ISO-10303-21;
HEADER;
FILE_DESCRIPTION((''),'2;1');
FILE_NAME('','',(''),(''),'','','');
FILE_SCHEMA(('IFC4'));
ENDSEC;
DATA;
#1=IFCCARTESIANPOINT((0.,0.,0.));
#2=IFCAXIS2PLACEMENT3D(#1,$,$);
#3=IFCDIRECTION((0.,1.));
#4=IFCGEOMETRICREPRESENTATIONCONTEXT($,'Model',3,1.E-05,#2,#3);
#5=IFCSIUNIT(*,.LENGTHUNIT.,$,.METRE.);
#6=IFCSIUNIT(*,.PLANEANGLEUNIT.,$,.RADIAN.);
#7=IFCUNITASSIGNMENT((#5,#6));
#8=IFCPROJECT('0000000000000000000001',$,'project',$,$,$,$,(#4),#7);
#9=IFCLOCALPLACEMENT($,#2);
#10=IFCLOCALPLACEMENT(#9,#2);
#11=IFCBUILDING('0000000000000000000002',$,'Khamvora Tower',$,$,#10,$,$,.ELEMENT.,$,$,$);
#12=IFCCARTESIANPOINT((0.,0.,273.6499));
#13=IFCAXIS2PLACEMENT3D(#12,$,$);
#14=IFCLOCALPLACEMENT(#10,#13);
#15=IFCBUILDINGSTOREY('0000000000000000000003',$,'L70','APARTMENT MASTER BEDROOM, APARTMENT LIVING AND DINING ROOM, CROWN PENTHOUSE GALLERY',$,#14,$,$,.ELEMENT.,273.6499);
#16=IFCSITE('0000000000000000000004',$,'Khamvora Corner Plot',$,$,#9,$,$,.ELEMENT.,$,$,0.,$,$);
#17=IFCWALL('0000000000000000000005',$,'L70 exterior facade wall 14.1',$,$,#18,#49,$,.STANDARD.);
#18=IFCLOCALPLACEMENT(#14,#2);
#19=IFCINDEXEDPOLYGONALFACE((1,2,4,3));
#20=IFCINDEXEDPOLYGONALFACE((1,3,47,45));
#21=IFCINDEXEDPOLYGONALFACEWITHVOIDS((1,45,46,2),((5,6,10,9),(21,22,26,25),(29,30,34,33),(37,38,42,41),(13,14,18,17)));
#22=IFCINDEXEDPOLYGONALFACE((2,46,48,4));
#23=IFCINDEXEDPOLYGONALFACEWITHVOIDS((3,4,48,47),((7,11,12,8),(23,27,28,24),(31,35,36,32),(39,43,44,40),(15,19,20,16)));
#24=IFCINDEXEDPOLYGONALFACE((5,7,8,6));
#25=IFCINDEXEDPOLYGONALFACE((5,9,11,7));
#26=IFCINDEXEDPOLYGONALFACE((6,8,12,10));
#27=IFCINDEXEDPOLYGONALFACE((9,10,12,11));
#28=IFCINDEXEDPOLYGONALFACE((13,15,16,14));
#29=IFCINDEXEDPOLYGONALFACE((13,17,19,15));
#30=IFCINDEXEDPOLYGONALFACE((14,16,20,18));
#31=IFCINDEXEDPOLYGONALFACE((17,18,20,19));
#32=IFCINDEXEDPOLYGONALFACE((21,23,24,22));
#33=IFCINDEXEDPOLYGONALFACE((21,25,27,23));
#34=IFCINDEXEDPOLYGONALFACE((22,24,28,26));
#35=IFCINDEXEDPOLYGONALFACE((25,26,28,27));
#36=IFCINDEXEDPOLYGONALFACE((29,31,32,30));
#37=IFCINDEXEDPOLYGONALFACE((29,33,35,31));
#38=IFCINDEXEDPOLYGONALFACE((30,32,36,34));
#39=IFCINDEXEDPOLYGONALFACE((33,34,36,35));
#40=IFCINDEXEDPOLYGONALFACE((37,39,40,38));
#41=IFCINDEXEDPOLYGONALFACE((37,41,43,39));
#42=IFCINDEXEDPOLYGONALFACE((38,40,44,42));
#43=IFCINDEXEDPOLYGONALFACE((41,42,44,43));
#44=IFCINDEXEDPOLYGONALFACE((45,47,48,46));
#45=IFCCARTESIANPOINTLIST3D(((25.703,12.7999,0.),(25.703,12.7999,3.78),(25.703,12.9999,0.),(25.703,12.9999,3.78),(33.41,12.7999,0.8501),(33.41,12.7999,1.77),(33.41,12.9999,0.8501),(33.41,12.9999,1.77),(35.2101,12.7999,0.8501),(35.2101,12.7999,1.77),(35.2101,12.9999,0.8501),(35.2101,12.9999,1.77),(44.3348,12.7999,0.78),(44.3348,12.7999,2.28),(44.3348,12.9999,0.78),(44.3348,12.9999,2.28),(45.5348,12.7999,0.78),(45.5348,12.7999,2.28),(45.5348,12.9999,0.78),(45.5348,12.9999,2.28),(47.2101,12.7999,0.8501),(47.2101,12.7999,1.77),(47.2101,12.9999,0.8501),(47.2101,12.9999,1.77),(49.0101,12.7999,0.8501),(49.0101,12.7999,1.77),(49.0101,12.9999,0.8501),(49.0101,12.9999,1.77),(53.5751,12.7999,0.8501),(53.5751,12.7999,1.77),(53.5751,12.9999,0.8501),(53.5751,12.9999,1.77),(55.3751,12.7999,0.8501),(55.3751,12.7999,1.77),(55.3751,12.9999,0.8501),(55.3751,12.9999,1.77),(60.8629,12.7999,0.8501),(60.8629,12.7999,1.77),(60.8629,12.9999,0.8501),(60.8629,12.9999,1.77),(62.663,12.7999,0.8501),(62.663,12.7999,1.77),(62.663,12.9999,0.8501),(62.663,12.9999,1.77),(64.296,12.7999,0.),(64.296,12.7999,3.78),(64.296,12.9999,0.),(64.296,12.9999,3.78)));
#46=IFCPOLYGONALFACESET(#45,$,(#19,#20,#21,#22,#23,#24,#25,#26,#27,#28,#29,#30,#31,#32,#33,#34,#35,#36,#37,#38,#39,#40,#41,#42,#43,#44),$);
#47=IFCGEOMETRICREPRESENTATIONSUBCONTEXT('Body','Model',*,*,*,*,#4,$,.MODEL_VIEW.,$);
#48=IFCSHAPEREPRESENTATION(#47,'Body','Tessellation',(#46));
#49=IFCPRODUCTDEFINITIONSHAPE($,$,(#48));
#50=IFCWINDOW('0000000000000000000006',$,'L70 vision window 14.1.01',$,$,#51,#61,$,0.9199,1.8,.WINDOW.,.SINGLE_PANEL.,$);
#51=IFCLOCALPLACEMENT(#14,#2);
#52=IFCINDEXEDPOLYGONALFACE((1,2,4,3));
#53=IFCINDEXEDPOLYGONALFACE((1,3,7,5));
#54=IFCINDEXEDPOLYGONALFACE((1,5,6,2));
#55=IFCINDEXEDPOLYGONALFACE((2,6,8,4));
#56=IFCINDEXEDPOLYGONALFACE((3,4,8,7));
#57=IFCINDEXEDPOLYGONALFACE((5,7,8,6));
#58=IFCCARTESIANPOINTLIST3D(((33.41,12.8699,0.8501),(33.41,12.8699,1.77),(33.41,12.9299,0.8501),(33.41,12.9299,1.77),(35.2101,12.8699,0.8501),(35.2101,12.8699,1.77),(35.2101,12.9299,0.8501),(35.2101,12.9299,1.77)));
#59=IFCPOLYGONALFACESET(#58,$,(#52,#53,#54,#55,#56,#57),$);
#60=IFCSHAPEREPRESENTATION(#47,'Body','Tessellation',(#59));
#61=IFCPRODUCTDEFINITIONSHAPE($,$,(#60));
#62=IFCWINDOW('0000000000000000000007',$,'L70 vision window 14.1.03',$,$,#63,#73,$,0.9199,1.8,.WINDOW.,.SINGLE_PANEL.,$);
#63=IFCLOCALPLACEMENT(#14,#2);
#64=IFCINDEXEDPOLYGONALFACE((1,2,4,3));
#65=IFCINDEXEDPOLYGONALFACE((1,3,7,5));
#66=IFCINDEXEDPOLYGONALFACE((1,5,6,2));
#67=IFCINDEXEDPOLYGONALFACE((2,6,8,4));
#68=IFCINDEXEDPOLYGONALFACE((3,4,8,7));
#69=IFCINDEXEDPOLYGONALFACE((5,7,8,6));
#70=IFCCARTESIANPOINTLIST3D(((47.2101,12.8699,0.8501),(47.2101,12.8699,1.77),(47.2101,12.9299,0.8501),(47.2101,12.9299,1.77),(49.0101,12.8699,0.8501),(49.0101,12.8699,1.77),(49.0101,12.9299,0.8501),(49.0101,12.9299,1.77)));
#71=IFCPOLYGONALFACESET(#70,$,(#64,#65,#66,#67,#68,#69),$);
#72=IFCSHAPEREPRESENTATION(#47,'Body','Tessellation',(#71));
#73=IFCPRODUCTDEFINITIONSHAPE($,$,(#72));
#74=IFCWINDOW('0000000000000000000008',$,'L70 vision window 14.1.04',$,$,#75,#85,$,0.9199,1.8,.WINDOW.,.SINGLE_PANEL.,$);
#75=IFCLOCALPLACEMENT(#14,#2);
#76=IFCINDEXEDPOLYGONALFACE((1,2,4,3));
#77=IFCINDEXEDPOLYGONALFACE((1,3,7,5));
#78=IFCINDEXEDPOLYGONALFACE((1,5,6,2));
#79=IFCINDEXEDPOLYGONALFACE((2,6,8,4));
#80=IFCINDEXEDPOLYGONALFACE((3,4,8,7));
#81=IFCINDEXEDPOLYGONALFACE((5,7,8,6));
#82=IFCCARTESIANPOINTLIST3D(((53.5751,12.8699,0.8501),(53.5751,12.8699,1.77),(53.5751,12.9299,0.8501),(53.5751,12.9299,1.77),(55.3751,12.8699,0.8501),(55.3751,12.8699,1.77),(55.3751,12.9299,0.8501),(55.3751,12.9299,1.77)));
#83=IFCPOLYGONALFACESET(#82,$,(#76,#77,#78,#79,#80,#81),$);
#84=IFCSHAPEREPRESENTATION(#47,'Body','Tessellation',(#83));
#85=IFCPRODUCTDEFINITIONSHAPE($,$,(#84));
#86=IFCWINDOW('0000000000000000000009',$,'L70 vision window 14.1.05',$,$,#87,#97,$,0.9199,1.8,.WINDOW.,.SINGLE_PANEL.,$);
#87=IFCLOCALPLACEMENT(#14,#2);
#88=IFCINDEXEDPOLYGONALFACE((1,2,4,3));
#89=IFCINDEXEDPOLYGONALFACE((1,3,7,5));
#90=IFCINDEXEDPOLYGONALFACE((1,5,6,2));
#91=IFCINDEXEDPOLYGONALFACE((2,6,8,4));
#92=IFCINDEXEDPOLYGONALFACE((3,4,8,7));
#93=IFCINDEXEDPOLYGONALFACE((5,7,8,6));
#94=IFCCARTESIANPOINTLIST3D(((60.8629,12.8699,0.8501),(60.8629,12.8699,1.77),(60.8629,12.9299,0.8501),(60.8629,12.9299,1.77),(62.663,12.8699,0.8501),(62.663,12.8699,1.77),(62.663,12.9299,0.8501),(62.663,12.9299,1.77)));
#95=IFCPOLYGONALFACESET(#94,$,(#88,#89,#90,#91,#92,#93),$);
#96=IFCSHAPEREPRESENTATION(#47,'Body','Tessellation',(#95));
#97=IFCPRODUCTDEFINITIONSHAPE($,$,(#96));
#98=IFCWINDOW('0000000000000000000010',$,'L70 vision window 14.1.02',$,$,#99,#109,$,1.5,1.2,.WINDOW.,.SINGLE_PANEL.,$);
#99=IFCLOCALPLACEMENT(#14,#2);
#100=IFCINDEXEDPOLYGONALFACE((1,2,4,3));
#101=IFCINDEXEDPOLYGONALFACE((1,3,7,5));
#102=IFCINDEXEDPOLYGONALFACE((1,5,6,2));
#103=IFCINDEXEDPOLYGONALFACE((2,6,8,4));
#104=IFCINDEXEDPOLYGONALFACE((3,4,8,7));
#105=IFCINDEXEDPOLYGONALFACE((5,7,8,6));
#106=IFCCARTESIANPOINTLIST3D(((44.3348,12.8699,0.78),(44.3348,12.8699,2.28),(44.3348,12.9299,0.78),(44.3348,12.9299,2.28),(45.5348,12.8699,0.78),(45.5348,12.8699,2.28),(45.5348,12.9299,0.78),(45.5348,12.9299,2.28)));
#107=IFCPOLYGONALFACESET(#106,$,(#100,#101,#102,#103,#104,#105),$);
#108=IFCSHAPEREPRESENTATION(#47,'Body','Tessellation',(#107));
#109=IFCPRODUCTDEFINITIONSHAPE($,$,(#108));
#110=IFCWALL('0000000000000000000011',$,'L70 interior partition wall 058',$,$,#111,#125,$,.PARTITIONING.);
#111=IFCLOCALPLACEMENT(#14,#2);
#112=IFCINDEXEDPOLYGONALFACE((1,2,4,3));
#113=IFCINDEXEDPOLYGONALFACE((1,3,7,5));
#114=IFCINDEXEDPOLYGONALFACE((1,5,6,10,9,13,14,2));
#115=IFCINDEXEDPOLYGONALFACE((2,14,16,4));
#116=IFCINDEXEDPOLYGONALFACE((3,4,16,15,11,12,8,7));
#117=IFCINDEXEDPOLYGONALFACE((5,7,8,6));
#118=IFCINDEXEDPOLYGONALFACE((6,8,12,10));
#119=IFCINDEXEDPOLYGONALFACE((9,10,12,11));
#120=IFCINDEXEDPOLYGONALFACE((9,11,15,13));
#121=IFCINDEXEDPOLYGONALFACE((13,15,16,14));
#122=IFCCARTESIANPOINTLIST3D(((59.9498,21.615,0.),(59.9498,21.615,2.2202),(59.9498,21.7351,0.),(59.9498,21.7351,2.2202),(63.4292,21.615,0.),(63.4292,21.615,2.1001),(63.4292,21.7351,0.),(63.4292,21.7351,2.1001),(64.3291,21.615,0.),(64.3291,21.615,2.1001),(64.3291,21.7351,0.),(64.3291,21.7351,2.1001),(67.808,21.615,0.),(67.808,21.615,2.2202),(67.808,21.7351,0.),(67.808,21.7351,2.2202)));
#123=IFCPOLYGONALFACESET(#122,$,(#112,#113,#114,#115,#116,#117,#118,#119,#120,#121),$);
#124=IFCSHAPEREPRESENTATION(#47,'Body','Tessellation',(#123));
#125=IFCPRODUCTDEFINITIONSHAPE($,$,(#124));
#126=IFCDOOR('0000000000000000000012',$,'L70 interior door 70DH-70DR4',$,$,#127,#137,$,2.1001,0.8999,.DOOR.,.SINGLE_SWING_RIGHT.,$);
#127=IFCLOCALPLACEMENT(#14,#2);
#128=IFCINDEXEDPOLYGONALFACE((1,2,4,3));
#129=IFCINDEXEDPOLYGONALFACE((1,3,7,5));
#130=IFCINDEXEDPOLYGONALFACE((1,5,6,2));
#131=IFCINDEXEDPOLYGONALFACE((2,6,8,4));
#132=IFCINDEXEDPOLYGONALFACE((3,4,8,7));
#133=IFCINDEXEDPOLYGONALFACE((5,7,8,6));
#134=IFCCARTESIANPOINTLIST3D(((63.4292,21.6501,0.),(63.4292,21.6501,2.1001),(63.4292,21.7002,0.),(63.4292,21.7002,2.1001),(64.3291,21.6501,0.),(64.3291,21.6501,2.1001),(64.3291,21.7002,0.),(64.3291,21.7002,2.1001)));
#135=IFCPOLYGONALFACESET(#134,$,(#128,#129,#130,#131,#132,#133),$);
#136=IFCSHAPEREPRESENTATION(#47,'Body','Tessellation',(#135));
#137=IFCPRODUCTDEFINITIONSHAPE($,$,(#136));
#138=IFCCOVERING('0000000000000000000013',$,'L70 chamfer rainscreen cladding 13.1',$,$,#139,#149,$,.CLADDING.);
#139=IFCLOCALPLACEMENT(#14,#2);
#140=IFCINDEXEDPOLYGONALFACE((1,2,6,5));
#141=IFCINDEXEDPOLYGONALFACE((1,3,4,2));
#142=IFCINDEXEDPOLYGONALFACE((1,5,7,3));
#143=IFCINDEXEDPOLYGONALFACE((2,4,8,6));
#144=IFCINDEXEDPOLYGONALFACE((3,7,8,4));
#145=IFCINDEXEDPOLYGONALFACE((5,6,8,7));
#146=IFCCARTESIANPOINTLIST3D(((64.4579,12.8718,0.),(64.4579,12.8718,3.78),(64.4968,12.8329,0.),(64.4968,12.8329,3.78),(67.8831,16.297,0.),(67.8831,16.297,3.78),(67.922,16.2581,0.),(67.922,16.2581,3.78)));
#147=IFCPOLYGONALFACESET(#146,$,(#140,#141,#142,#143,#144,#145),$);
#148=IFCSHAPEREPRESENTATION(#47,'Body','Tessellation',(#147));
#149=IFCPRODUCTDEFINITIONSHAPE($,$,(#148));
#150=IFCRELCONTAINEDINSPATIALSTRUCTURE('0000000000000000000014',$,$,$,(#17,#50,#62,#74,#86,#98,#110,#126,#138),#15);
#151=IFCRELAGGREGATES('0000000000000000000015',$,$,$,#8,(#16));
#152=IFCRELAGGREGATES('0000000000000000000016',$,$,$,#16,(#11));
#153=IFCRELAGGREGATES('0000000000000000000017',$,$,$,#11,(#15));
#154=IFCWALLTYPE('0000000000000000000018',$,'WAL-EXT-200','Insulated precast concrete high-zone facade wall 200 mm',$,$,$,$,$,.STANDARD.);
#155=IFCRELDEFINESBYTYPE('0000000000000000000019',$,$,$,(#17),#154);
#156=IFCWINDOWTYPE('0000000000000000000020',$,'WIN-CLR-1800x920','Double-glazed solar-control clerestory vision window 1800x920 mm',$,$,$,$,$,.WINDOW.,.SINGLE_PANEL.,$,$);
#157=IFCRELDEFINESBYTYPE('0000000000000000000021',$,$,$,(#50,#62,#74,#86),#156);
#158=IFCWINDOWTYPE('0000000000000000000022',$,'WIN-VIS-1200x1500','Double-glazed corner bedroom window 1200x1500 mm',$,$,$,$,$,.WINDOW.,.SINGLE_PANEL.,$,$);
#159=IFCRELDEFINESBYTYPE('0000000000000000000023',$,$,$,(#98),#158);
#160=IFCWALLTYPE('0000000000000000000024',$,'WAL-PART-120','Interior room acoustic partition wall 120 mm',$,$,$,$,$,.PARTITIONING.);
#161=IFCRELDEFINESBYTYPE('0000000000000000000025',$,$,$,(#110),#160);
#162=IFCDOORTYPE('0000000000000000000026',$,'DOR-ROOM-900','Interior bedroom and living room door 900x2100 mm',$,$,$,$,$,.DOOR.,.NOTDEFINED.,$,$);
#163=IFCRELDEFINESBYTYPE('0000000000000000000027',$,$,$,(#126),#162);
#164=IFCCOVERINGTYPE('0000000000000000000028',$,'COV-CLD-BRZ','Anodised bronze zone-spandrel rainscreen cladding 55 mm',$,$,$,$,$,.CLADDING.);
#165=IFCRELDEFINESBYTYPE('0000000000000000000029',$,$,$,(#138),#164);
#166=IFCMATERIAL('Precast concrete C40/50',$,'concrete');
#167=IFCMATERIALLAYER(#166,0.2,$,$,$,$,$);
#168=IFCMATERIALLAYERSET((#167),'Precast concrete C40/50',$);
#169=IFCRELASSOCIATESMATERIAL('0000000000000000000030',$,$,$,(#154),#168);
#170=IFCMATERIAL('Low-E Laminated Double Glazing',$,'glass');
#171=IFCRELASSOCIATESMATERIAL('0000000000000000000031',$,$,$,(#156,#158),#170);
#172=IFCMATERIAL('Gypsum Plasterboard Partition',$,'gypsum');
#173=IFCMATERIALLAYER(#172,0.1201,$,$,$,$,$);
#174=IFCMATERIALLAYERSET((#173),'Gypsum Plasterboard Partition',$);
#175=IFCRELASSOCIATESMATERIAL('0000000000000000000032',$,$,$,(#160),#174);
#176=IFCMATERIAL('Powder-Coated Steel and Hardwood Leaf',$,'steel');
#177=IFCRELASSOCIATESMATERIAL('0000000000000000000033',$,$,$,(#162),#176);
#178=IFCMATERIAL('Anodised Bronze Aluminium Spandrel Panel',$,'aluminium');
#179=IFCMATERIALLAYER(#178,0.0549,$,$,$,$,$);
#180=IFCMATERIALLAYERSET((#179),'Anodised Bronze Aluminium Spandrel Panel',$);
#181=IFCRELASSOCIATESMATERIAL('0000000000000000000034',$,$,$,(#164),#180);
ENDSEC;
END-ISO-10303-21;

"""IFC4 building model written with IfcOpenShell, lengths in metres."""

from ifc_helpers import new_model, si_unit, direction, frame, frame_2d, origin, origin_2d, place, context, subcontext, project, spatial, rectangle, extrude, material, layer, layer_set, type_object, element, fill, save


model = new_model("IFC4")

# Units and contexts
model_context = context("Model", 3, precision=1e-05, world=origin(), true_north=direction((0.0, 1.0)))
body_context = subcontext(model_context, "Body", "Model", "MODEL_VIEW")
ifc_project = project(units=[si_unit("LENGTHUNIT", "METRE"), si_unit("PLANEANGLEUNIT", "RADIAN")], contexts=[model_context])

# Site, building, storey
site_placement = place(None, origin())
site = spatial("IfcSite", under=ifc_project, at=site_placement, Name="Khamvora Corner Plot", CompositionType="ELEMENT", RefElevation=0.0)
building_placement = place(site_placement, origin())
building = spatial("IfcBuilding", under=site, at=building_placement, Name="Khamvora Tower", CompositionType="ELEMENT")
storey_placement = place(building_placement, frame((0.0, 0.0, 273.6499)))
storey = spatial("IfcBuildingStorey", under=building, at=storey_placement, Name="L70", Description="APARTMENT MASTER BEDROOM, APARTMENT LIVING AND DINING ROOM, CROWN PENTHOUSE GALLERY", CompositionType="ELEMENT", Elevation=273.6499)

# Shared definitions
ifc_material_1 = material(Name="Precast concrete C40/50", Category="concrete")
ifc_layer_1 = layer(ifc_material_1, 0.2)
ifc_layer_set_1 = layer_set([ifc_layer_1], Name="Precast concrete C40/50")
wall_type_1 = type_object("IfcWallType", Name="WAL-EXT-200", Description="Insulated precast concrete high-zone facade wall 200 mm", PredefinedType="STANDARD", material=ifc_layer_set_1)

# Wall, openings, windows
wall_1_placement = place(storey_placement, frame((64.2959, 12.8999, 0.0), z_axis=(0.0, 0.0, 1.0), x_axis=(-1.0, 0.0, 0.0)))
wall_1 = element("IfcWall", 1, at=wall_1_placement, inside=storey, type_object=wall_type_1, Name="L70 exterior facade wall 14.1", PredefinedType="STANDARD", context=body_context, shape_type="SweptSolid", body=[
    extrude(rectangle(XDim=38.593, YDim=0.2, at=frame_2d((19.2964, 0.0))), origin(), (0.0, 0.0, 1.0), 3.78),
])
opening_1_placement = place(wall_1_placement, frame((29.0859, 0.0, 0.8501)))
opening_1 = element("IfcOpeningElement", 2, at=opening_1_placement, cuts=wall_1, PredefinedType="OPENING", context=body_context, shape_type="SweptSolid", body=[
    extrude(rectangle(XDim=1.8, YDim=0.9199, at=frame_2d((0.8999, 0.46))), frame((0.0, 0.1099, 0.0), z_axis=(0.0, -1.0, 0.0), x_axis=(1.0, 0.0, 0.0)), (0.0, 0.0, 1.0), 0.22),
])
opening_2_placement = place(wall_1_placement, frame((18.761, 0.0, 0.78)))
opening_2 = element("IfcOpeningElement", 3, at=opening_2_placement, cuts=wall_1, PredefinedType="OPENING", context=body_context, shape_type="SweptSolid", body=[
    extrude(rectangle(XDim=1.2, YDim=1.5, at=frame_2d((0.6001, 0.75))), frame((0.0, 0.1099, 0.0), z_axis=(0.0, -1.0, 0.0), x_axis=(1.0, 0.0, 0.0)), (0.0, 0.0, 1.0), 0.22),
])
opening_3_placement = place(wall_1_placement, frame((15.2859, 0.0, 0.8501)))
opening_3 = element("IfcOpeningElement", 4, at=opening_3_placement, cuts=wall_1, PredefinedType="OPENING", context=body_context, shape_type="SweptSolid", body=[
    extrude(rectangle(XDim=1.8, YDim=0.9199, at=frame_2d((0.8999, 0.46))), frame((0.0, 0.1099, 0.0), z_axis=(0.0, -1.0, 0.0), x_axis=(1.0, 0.0, 0.0)), (0.0, 0.0, 1.0), 0.22),
])
opening_4_placement = place(wall_1_placement, frame((8.9209, 0.0, 0.8501)))
opening_4 = element("IfcOpeningElement", 5, at=opening_4_placement, cuts=wall_1, PredefinedType="OPENING", context=body_context, shape_type="SweptSolid", body=[
    extrude(rectangle(XDim=1.8, YDim=0.9199, at=frame_2d((0.8999, 0.46))), frame((0.0, 0.1099, 0.0), z_axis=(0.0, -1.0, 0.0), x_axis=(1.0, 0.0, 0.0)), (0.0, 0.0, 1.0), 0.22),
])
opening_5_placement = place(wall_1_placement, frame((1.6331, 0.0, 0.8501)))
opening_5 = element("IfcOpeningElement", 6, at=opening_5_placement, cuts=wall_1, PredefinedType="OPENING", context=body_context, shape_type="SweptSolid", body=[
    extrude(rectangle(XDim=1.8, YDim=0.9199, at=frame_2d((0.8999, 0.46))), frame((0.0, 0.1099, 0.0), z_axis=(0.0, -1.0, 0.0), x_axis=(1.0, 0.0, 0.0)), (0.0, 0.0, 1.0), 0.22),
])
ifc_material_2 = material(Name="Low-E Laminated Double Glazing", Category="glass")
window_type_1 = type_object("IfcWindowType", Name="WIN-CLR-1800x920", Description="Double-glazed solar-control clerestory vision window 1800x920 mm", PartitioningType="SINGLE_PANEL", PredefinedType="WINDOW", material=ifc_material_2)
window_1_placement = place(opening_1_placement, origin())
window_1 = element("IfcWindow", 7, at=window_1_placement, inside=storey, type_object=window_type_1, Name="L70 vision window 14.1.01", OverallHeight=0.9199, OverallWidth=1.8, PartitioningType="SINGLE_PANEL", PredefinedType="WINDOW", context=body_context, shape_type="SweptSolid", body=[
    extrude(rectangle(XDim=1.8, YDim=0.9199, at=frame_2d((0.8999, 0.46))), frame((0.0, 0.03, 0.0), z_axis=(0.0, -1.0, 0.0), x_axis=(1.0, 0.0, 0.0)), (0.0, 0.0, 1.0), 0.0601),
])
fill(opening_1, window_1)
window_2_placement = place(opening_3_placement, origin())
window_2 = element("IfcWindow", 8, at=window_2_placement, inside=storey, type_object=window_type_1, Name="L70 vision window 14.1.03", OverallHeight=0.9199, OverallWidth=1.8, PartitioningType="SINGLE_PANEL", PredefinedType="WINDOW", context=body_context, shape_type="SweptSolid", body=[
    extrude(rectangle(XDim=1.8, YDim=0.9199, at=frame_2d((0.8999, 0.46))), frame((0.0, 0.03, 0.0), z_axis=(0.0, -1.0, 0.0), x_axis=(1.0, 0.0, 0.0)), (0.0, 0.0, 1.0), 0.0601),
])
fill(opening_3, window_2)
window_3_placement = place(opening_4_placement, origin())
window_3 = element("IfcWindow", 9, at=window_3_placement, inside=storey, type_object=window_type_1, Name="L70 vision window 14.1.04", OverallHeight=0.9199, OverallWidth=1.8, PartitioningType="SINGLE_PANEL", PredefinedType="WINDOW", context=body_context, shape_type="SweptSolid", body=[
    extrude(rectangle(XDim=1.8, YDim=0.9199, at=frame_2d((0.8999, 0.46))), frame((0.0, 0.03, 0.0), z_axis=(0.0, -1.0, 0.0), x_axis=(1.0, 0.0, 0.0)), (0.0, 0.0, 1.0), 0.0601),
])
fill(opening_4, window_3)
window_4_placement = place(opening_5_placement, origin())
window_4 = element("IfcWindow", 10, at=window_4_placement, inside=storey, type_object=window_type_1, Name="L70 vision window 14.1.05", OverallHeight=0.9199, OverallWidth=1.8, PartitioningType="SINGLE_PANEL", PredefinedType="WINDOW", context=body_context, shape_type="SweptSolid", body=[
    extrude(rectangle(XDim=1.8, YDim=0.9199, at=frame_2d((0.8999, 0.46))), frame((0.0, 0.03, 0.0), z_axis=(0.0, -1.0, 0.0), x_axis=(1.0, 0.0, 0.0)), (0.0, 0.0, 1.0), 0.0601),
])
fill(opening_5, window_4)
window_type_2 = type_object("IfcWindowType", Name="WIN-VIS-1200x1500", Description="Double-glazed corner bedroom window 1200x1500 mm", PartitioningType="SINGLE_PANEL", PredefinedType="WINDOW", material=ifc_material_2)
window_5_placement = place(opening_2_placement, origin())
window_5 = element("IfcWindow", 11, at=window_5_placement, inside=storey, type_object=window_type_2, Name="L70 vision window 14.1.02", OverallHeight=1.5, OverallWidth=1.2, PartitioningType="SINGLE_PANEL", PredefinedType="WINDOW", context=body_context, shape_type="SweptSolid", body=[
    extrude(rectangle(XDim=1.2, YDim=1.5, at=frame_2d((0.6001, 0.75))), frame((0.0, 0.03, 0.0), z_axis=(0.0, -1.0, 0.0), x_axis=(1.0, 0.0, 0.0)), (0.0, 0.0, 1.0), 0.0601),
])
fill(opening_2, window_5)

# Wall, opening, door
ifc_material_3 = material(Name="Gypsum Plasterboard Partition", Category="gypsum")
ifc_layer_2 = layer(ifc_material_3, 0.1201)
ifc_layer_set_2 = layer_set([ifc_layer_2], Name="Gypsum Plasterboard Partition")
wall_type_2 = type_object("IfcWallType", Name="WAL-PART-120", Description="Interior room acoustic partition wall 120 mm", PredefinedType="PARTITIONING", material=ifc_layer_set_2)
wall_2_placement = place(storey_placement, frame((67.8081, 21.675, 0.0), z_axis=(0.0, 0.0, 1.0), x_axis=(-1.0, 0.0, 0.0)))
wall_2 = element("IfcWall", 12, at=wall_2_placement, inside=storey, type_object=wall_type_2, Name="L70 interior partition wall 058", PredefinedType="PARTITIONING", context=body_context, shape_type="SweptSolid", body=[
    extrude(rectangle(XDim=7.8582, YDim=0.1201, at=frame_2d((3.9292, 0.0))), origin(), (0.0, 0.0, 1.0), 2.2202),
])
opening_6_placement = place(wall_2_placement, frame((3.479, 0.0, 0.0)))
opening_6 = element("IfcOpeningElement", 13, at=opening_6_placement, cuts=wall_2, PredefinedType="OPENING", context=body_context, shape_type="SweptSolid", body=[
    extrude(rectangle(XDim=0.8999, YDim=2.1001, at=frame_2d((0.45, 1.05))), frame((0.0, 0.0701, 0.0), z_axis=(0.0, -1.0, 0.0), x_axis=(1.0, 0.0, 0.0)), (0.0, 0.0, 1.0), 0.1401),
])
ifc_material_4 = material(Name="Powder-Coated Steel and Hardwood Leaf", Category="steel")
door_type = type_object("IfcDoorType", Name="DOR-ROOM-900", Description="Interior bedroom and living room door 900x2100 mm", OperationType="NOTDEFINED", PredefinedType="DOOR", material=ifc_material_4)
door_placement = place(opening_6_placement, origin())
door = element("IfcDoor", 14, at=door_placement, inside=storey, type_object=door_type, Name="L70 interior door 70DH-70DR4", OperationType="SINGLE_SWING_RIGHT", OverallHeight=2.1001, OverallWidth=0.8999, PredefinedType="DOOR", context=body_context, shape_type="SweptSolid", body=[
    extrude(rectangle(XDim=0.8999, YDim=2.1001, at=frame_2d((0.45, 1.05))), frame((0.0, 0.0249, 0.0), z_axis=(0.0, -1.0, 0.0), x_axis=(1.0, 0.0, 0.0)), (0.0, 0.0, 1.0), 0.05),
])
fill(opening_6, door)

# Covering
ifc_material_5 = material(Name="Anodised Bronze Aluminium Spandrel Panel", Category="aluminium")
ifc_layer_3 = layer(ifc_material_5, 0.0549)
ifc_layer_set_3 = layer_set([ifc_layer_3], Name="Anodised Bronze Aluminium Spandrel Panel")
covering_type = type_object("IfcCoveringType", Name="COV-CLD-BRZ", Description="Anodised bronze zone-spandrel rainscreen cladding 55 mm", PredefinedType="CLADDING", material=ifc_layer_set_3)
covering_placement = place(storey_placement, frame((66.1899, 14.5649, 0.0), z_axis=(0.0, 0.0, 1.0), x_axis=(-0.707107, -0.707107, 0.0)))
element("IfcCovering", 15, at=covering_placement, inside=storey, type_object=covering_type, Name="L70 chamfer rainscreen cladding 13.1", PredefinedType="CLADDING", context=body_context, shape_type="SweptSolid", body=[
    extrude(rectangle(XDim=4.844, YDim=0.0549, at=origin_2d()), origin(), (0.0, 0.0, 1.0), 3.78),
])

save(model, "model.ifc")
